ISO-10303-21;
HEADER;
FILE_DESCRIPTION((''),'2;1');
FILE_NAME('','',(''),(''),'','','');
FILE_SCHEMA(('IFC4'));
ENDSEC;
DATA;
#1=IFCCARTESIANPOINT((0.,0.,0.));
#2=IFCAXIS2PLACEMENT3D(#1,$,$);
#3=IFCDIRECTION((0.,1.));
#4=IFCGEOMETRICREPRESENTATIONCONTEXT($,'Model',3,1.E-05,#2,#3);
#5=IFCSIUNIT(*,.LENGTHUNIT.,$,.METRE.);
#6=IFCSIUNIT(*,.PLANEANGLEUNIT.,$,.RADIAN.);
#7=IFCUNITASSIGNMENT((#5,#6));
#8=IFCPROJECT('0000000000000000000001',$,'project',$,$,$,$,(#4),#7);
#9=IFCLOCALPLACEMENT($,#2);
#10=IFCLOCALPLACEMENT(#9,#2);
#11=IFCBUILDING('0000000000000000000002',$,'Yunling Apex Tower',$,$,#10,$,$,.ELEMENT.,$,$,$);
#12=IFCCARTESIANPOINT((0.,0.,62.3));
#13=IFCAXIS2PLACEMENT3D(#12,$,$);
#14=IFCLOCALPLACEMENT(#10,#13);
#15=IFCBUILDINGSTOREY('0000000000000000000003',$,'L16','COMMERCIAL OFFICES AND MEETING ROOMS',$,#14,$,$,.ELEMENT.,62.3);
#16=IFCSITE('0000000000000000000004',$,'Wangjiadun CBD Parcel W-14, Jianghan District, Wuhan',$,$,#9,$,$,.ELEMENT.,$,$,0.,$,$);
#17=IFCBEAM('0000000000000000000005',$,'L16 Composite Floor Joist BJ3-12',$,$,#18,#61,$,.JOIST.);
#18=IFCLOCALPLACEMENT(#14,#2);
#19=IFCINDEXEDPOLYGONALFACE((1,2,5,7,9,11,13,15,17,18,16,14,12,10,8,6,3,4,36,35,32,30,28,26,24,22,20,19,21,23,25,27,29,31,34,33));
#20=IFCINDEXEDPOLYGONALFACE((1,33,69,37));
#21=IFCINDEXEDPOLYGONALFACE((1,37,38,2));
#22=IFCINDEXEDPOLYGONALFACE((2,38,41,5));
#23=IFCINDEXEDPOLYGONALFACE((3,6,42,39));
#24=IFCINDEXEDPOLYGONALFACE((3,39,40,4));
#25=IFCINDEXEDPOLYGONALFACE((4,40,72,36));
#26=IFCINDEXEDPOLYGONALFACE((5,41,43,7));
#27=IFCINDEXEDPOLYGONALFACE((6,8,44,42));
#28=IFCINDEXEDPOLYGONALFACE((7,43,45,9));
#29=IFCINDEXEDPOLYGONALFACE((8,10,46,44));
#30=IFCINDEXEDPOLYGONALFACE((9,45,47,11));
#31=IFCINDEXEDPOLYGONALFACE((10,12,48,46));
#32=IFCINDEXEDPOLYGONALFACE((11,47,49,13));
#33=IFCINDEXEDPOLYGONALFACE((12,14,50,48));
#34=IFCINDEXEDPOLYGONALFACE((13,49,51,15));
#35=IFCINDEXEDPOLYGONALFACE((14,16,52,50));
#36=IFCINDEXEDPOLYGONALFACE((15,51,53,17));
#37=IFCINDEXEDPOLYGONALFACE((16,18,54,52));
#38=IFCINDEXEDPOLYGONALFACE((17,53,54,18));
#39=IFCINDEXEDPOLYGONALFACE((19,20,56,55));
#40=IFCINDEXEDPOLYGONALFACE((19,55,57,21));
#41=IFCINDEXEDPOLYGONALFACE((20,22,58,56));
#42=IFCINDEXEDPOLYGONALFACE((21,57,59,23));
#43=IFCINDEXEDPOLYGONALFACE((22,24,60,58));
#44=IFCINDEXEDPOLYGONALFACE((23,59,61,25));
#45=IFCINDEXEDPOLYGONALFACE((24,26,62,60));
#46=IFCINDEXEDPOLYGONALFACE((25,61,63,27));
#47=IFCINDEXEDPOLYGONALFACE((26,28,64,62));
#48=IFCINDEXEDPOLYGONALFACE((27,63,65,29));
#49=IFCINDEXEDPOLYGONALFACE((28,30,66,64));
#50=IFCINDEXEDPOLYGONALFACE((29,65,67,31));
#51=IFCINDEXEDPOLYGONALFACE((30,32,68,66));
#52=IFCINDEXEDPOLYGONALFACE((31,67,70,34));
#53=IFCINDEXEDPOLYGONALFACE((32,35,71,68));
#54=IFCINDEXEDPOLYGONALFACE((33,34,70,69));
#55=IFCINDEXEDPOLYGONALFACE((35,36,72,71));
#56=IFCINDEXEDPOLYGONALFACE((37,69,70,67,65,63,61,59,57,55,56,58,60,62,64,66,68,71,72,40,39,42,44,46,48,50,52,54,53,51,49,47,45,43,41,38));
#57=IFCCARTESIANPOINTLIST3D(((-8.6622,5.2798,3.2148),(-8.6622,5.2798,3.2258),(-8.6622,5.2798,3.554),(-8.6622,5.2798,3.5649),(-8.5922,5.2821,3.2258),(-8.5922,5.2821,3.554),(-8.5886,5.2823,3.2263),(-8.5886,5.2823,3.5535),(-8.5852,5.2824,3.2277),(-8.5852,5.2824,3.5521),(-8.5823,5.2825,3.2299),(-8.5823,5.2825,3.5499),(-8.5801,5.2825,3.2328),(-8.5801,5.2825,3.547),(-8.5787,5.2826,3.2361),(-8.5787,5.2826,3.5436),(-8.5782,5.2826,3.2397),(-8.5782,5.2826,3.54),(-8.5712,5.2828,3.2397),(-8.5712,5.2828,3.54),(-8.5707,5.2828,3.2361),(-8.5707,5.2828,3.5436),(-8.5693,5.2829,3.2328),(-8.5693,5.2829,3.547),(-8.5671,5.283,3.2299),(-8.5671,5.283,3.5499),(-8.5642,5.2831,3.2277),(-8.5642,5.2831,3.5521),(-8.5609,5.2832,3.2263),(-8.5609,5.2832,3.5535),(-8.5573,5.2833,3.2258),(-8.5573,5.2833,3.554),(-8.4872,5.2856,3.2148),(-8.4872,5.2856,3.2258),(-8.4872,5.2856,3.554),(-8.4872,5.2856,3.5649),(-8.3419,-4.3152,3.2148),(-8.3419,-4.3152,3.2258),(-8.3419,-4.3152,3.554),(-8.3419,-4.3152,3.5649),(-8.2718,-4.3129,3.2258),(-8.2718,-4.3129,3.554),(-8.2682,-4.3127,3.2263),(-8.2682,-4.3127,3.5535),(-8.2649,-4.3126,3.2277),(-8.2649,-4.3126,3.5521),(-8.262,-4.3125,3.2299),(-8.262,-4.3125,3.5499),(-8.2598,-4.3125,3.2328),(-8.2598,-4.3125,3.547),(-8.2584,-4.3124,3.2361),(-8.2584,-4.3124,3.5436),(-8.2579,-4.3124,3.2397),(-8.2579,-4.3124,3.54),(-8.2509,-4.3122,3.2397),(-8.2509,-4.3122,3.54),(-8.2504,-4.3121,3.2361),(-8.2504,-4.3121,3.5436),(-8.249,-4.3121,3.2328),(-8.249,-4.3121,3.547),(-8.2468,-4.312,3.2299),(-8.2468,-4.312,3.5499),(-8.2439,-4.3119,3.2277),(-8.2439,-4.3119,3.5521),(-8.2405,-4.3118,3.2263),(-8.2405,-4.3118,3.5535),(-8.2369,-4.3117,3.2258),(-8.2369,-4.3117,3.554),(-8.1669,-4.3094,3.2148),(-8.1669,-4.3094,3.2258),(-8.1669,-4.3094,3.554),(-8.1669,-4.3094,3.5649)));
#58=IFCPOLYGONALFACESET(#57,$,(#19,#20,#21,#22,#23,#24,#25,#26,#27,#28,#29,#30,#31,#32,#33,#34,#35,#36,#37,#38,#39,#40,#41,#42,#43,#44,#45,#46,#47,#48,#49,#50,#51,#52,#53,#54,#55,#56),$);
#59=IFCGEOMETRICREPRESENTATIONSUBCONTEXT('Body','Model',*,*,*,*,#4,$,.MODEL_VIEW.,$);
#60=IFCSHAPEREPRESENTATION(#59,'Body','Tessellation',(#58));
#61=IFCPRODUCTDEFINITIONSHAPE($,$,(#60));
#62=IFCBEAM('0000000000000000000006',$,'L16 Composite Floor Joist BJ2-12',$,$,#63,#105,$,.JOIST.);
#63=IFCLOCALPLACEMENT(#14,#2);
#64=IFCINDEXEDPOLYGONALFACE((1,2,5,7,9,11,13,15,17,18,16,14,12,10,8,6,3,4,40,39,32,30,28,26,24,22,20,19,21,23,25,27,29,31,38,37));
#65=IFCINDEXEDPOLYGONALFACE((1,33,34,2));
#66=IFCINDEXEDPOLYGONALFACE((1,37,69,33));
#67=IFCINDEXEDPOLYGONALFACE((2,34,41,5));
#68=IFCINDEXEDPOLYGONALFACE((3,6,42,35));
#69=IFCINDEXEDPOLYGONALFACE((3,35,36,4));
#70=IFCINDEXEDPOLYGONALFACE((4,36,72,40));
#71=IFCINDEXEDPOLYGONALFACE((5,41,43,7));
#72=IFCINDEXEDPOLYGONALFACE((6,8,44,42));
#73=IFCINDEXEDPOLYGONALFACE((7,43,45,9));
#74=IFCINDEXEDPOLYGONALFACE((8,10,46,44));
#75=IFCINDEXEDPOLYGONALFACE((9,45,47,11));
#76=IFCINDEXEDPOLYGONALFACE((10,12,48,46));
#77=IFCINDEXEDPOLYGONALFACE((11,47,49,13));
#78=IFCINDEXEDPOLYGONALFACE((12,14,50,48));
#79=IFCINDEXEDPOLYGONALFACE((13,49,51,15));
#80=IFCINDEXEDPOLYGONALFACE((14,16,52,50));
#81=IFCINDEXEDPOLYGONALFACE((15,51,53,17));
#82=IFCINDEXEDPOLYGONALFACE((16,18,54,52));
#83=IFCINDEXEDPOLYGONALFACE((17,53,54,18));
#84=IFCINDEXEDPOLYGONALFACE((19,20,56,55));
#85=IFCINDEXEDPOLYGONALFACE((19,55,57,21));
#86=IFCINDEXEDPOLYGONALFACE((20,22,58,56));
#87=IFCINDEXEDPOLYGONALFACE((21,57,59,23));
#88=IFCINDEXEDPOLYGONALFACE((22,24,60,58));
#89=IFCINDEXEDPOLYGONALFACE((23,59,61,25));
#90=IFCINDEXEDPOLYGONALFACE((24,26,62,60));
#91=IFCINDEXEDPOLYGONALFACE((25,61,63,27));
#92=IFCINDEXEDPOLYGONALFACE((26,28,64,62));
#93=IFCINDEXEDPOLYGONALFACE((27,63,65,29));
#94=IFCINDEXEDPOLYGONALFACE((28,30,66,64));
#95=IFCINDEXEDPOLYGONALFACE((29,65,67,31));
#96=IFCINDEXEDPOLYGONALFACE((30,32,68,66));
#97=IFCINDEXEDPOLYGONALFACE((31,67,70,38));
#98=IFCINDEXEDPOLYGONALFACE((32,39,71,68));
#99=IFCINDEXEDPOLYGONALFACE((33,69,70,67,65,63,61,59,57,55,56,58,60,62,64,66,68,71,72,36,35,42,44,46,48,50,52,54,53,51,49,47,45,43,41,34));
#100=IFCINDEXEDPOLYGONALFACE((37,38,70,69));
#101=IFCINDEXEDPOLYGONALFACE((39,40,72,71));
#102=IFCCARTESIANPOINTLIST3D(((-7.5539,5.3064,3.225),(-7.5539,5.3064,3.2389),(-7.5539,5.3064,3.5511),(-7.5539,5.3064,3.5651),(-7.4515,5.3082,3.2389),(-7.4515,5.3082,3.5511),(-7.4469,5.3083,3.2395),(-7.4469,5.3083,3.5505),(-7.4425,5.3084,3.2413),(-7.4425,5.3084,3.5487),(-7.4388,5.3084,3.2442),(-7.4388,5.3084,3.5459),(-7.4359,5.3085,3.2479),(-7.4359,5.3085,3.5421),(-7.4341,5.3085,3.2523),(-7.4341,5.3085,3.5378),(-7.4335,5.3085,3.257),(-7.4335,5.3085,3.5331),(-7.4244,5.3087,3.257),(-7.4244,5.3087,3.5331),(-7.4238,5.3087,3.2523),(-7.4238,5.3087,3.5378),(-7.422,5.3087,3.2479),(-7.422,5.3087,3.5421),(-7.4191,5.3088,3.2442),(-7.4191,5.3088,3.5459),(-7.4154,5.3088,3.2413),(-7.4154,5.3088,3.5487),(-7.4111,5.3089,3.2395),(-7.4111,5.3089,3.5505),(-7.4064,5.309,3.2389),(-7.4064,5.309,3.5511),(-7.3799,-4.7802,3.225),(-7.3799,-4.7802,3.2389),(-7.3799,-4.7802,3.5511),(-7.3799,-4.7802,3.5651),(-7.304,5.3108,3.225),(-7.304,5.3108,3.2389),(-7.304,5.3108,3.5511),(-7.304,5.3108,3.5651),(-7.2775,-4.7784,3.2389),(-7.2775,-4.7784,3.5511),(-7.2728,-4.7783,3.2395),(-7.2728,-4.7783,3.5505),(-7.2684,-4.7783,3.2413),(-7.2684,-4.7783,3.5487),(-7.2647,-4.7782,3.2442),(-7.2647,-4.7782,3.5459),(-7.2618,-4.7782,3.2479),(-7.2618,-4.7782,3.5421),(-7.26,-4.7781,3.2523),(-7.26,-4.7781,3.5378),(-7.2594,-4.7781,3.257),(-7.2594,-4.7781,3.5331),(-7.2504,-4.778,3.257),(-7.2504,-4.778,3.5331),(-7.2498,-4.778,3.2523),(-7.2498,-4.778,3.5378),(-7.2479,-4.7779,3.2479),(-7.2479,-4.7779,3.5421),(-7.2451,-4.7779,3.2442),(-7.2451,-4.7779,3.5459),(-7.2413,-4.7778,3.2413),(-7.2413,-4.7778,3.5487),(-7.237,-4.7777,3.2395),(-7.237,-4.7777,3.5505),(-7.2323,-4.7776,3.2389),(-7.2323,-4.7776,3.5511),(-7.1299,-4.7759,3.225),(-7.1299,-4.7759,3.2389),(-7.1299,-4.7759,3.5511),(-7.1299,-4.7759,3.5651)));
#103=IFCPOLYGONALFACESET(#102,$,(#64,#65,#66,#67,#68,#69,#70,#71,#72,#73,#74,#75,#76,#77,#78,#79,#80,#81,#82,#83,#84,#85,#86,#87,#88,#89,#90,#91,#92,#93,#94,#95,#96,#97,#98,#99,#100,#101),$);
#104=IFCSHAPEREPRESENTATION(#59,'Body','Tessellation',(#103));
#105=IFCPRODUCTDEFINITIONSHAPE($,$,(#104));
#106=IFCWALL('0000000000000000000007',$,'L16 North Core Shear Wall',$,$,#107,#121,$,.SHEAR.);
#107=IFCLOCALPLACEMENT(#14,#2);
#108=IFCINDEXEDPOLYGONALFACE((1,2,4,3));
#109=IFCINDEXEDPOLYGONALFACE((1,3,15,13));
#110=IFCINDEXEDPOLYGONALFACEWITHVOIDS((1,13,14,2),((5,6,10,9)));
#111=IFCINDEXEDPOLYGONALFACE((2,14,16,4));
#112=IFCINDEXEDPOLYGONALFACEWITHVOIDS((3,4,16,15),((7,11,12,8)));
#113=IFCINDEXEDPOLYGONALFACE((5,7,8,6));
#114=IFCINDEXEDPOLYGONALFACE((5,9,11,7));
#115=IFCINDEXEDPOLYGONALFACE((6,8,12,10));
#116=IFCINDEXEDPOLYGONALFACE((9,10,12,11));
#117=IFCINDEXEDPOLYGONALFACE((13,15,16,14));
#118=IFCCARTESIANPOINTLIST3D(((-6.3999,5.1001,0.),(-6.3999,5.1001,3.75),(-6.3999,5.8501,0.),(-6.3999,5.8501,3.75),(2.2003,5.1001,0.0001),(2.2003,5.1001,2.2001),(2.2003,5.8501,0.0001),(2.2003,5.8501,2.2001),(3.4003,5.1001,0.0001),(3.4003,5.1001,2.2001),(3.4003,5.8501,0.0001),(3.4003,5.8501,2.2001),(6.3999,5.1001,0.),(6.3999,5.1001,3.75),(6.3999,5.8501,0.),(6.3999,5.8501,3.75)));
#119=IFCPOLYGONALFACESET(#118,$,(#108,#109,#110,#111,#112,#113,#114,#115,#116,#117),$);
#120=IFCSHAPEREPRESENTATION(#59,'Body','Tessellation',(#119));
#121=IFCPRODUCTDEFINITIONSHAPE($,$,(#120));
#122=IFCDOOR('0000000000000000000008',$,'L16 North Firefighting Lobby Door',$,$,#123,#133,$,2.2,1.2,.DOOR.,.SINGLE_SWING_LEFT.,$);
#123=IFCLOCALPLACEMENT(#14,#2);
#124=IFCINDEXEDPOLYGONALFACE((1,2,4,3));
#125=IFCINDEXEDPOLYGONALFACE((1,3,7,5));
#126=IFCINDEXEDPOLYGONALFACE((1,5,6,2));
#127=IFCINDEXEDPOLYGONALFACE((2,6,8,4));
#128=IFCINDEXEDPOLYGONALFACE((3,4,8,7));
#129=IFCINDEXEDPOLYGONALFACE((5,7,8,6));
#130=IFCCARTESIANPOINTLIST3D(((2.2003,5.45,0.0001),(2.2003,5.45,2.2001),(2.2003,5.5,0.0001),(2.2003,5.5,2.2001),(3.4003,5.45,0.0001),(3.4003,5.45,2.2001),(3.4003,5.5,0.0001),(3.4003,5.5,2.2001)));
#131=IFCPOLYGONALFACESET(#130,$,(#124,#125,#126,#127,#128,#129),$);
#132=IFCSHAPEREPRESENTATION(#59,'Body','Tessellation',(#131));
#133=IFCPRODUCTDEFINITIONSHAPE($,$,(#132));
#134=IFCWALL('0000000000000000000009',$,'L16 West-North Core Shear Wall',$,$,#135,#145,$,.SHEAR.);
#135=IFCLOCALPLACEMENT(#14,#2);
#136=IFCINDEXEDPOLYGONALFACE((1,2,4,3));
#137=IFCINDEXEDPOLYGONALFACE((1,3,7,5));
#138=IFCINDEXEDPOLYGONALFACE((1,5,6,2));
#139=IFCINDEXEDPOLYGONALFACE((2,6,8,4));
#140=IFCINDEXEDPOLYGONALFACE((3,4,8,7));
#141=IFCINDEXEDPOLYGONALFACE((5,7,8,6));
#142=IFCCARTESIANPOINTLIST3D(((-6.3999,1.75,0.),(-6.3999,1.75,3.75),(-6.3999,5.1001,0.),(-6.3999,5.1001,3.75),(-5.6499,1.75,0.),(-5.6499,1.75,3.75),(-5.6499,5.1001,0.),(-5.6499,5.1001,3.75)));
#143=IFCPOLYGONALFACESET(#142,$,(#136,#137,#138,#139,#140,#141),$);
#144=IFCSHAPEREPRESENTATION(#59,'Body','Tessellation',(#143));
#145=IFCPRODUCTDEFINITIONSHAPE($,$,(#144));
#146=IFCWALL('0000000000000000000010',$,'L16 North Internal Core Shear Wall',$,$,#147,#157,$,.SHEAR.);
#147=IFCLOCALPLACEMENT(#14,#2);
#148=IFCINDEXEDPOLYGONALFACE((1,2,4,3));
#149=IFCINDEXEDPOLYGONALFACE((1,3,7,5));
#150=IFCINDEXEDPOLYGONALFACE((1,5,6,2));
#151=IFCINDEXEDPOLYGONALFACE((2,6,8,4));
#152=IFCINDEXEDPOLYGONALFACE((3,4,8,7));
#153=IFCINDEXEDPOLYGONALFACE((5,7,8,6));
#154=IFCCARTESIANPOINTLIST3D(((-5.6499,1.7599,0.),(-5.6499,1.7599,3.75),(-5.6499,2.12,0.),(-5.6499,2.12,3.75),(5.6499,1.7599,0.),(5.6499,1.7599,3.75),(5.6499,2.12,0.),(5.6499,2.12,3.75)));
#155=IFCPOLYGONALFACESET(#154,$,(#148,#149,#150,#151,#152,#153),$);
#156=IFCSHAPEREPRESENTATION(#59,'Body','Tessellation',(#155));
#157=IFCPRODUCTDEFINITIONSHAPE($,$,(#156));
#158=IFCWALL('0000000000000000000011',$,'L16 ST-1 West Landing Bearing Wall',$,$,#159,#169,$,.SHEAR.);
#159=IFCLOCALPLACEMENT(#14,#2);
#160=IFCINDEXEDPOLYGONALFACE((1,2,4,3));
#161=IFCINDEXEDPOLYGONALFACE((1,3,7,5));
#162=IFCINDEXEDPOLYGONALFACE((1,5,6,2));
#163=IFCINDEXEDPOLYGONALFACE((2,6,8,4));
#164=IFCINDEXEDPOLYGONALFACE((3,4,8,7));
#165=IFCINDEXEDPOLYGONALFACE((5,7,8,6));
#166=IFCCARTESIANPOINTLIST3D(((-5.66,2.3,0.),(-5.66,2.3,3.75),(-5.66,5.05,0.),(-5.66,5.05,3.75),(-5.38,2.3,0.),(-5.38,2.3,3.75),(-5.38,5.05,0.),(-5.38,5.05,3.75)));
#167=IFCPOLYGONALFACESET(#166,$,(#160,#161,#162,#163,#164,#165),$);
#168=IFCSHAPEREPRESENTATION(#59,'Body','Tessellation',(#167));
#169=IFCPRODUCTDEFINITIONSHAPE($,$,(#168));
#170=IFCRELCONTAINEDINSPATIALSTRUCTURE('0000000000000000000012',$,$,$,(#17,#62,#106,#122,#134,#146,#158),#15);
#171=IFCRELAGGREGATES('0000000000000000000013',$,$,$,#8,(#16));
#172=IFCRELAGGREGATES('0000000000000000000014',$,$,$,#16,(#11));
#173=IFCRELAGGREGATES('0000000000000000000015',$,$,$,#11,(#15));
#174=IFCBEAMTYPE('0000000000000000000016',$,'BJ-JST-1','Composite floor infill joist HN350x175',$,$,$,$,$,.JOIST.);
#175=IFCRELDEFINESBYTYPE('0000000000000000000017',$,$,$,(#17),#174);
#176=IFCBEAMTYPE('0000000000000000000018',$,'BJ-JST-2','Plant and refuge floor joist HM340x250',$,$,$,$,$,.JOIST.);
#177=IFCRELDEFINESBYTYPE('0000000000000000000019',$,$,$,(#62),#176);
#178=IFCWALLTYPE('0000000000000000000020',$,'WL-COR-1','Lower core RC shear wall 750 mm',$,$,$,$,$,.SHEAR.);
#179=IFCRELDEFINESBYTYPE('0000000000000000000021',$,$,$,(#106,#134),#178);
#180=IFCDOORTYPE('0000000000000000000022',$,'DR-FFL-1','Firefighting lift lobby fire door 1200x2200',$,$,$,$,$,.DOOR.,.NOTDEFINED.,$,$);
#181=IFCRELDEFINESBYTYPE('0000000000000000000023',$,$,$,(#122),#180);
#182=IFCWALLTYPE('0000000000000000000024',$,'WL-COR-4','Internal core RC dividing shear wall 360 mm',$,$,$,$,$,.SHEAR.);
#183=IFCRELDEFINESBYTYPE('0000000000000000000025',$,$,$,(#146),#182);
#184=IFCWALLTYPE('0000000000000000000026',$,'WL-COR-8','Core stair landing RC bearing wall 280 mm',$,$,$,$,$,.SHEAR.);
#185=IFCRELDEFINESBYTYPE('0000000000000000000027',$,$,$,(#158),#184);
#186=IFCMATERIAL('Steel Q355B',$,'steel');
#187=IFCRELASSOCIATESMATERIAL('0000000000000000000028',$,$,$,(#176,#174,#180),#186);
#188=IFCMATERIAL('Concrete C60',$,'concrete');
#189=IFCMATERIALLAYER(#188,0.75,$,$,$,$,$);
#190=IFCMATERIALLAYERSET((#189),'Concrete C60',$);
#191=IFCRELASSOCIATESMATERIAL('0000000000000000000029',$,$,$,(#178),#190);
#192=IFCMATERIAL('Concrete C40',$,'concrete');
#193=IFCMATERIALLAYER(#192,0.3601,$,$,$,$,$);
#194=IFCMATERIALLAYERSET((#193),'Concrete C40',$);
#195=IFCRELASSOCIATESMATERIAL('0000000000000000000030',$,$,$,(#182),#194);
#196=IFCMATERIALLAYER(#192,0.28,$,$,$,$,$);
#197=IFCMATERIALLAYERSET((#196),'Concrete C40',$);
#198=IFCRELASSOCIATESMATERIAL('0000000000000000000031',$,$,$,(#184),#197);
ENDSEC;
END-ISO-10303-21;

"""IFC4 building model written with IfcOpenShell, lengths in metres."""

from ifc_helpers import new_model, si_unit, direction, frame, frame_2d, origin, origin_2d, place, context, subcontext, project, spatial, rectangle, i_section, extrude, source, transform, mapped, material, layer, layer_set, material_profile, profile_set, type_object, element, fill, save


model = new_model("IFC4")

# Units and contexts
model_context = context("Model", 3, precision=1e-05, world=origin(), true_north=direction((0.0, 1.0)))
body_context = subcontext(model_context, "Body", "Model", "MODEL_VIEW")
ifc_project = project(units=[si_unit("LENGTHUNIT", "METRE"), si_unit("PLANEANGLEUNIT", "RADIAN")], contexts=[model_context])

# Site, building, storey
site_placement = place(None, origin())
site = spatial("IfcSite", under=ifc_project, at=site_placement, Name="Wangjiadun CBD Parcel W-14, Jianghan District, Wuhan", CompositionType="ELEMENT", RefElevation=0.0)
building_placement = place(site_placement, origin())
building = spatial("IfcBuilding", under=site, at=building_placement, Name="Yunling Apex Tower", CompositionType="ELEMENT")
storey_placement = place(building_placement, frame((0.0, 0.0, 62.3)))
storey = spatial("IfcBuildingStorey", under=building, at=storey_placement, Name="L16", Description="COMMERCIAL OFFICES AND MEETING ROOMS", CompositionType="ELEMENT", Elevation=62.3)

# Shared definitions
ifc_material_1 = material(Name="Concrete C60", Category="concrete")

# Beams
ifc_material_2 = material(Name="Steel Q355B", Category="steel")
ifc_material_profile_1 = material_profile(ifc_material_2, i_section(OverallWidth=0.25, OverallDepth=0.3401, WebThickness=0.009, FlangeThickness=0.0139, FilletRadius=0.0181, at=origin_2d()))
ifc_profile_set_1 = profile_set([ifc_material_profile_1], Name="Steel Q355B")
beam_type_1 = type_object("IfcBeamType", Name="BJ-JST-2", Description="Plant and refuge floor joist HM340x250", PredefinedType="JOIST", material=ifc_profile_set_1)
ifc_material_profile_2 = material_profile(ifc_material_2, i_section(OverallWidth=0.175, OverallDepth=0.3501, WebThickness=0.0071, FlangeThickness=0.011, FilletRadius=0.0139, at=origin_2d()))
ifc_profile_set_2 = profile_set([ifc_material_profile_2], Name="Steel Q355B")
beam_type_2 = type_object("IfcBeamType", Name="BJ-JST-1", Description="Composite floor infill joist HN350x175", PredefinedType="JOIST", material=ifc_profile_set_2)
shared_shape_1 = source(origin(), body_context, "Body", "SweptSolid", [
    extrude(i_section(OverallWidth=0.175, OverallDepth=0.3501, WebThickness=0.0071, FlangeThickness=0.011, FilletRadius=0.0139, at=origin_2d()), origin(), (0.0, 0.0, 1.0), 9.6003),
])
beam_1_placement = place(storey_placement, frame((-8.5747, 5.2827, 3.3899), z_axis=(0.033365, -0.999443, 0.0), x_axis=(0.999443, 0.033365, 0.0)))
element("IfcBeam", 1, at=beam_1_placement, inside=storey, type_object=beam_type_2, Name="L16 Composite Floor Joist BJ3-12", PredefinedType="JOIST", context=body_context, shape_type="MappedRepresentation", body=[
    mapped(shared_shape_1, transform((0.0, 0.0, 0.0), scale=1.0)),
])
shared_shape_2 = source(origin(), body_context, "Body", "SweptSolid", [
    extrude(i_section(OverallWidth=0.25, OverallDepth=0.3401, WebThickness=0.009, FlangeThickness=0.0139, FilletRadius=0.0181, at=origin_2d()), origin(), (0.0, 0.0, 1.0), 10.0881),
])
beam_2_placement = place(storey_placement, frame((-7.429, 5.3086, 3.395), z_axis=(0.017255, -0.999851, 0.0), x_axis=(0.999851, 0.017255, 0.0)))
element("IfcBeam", 2, at=beam_2_placement, inside=storey, type_object=beam_type_1, Name="L16 Composite Floor Joist BJ2-12", PredefinedType="JOIST", context=body_context, shape_type="MappedRepresentation", body=[
    mapped(shared_shape_2, transform((0.0, 0.0, 0.0), scale=1.0)),
])

# Wall, opening, door
ifc_layer_1 = layer(ifc_material_1, 0.75)
ifc_layer_set_1 = layer_set([ifc_layer_1], Name="Concrete C60")
wall_type_1 = type_object("IfcWallType", Name="WL-COR-1", Description="Lower core RC shear wall 750 mm", PredefinedType="SHEAR", material=ifc_layer_set_1)
wall_1_placement = place(storey_placement, frame((-6.3999, 5.4751, 0.0), z_axis=(0.0, 0.0, 1.0), x_axis=(1.0, 0.0, 0.0)))
wall_1 = element("IfcWall", 3, at=wall_1_placement, inside=storey, type_object=wall_type_1, Name="L16 North Core Shear Wall", PredefinedType="SHEAR", context=body_context, shape_type="SweptSolid", body=[
    extrude(rectangle(XDim=12.7998, YDim=0.75, at=frame_2d((6.3999, 0.0))), origin(), (0.0, 0.0, 1.0), 3.75),
])
opening_1_placement = place(wall_1_placement, frame((8.6001, 0.0, 0.0)))
opening_1 = element("IfcOpeningElement", 4, at=opening_1_placement, cuts=wall_1, PredefinedType="OPENING", context=body_context, shape_type="SweptSolid", body=[
    extrude(rectangle(XDim=1.2, YDim=2.2, at=frame_2d((0.6001, 1.1001))), frame((0.0, 0.385, 0.0), z_axis=(0.0, -1.0, 0.0), x_axis=(1.0, 0.0, 0.0)), (0.0, 0.0, 1.0), 0.77),
])
door_type_1 = type_object("IfcDoorType", Name="DR-FFL-1", Description="Firefighting lift lobby fire door 1200x2200", OperationType="NOTDEFINED", PredefinedType="DOOR", material=ifc_material_2)
door_1_placement = place(opening_1_placement, origin())
door_1 = element("IfcDoor", 5, at=door_1_placement, inside=storey, type_object=door_type_1, Name="L16 North Firefighting Lobby Door", OperationType="SINGLE_SWING_LEFT", OverallHeight=2.2, OverallWidth=1.2, PredefinedType="DOOR", context=body_context, shape_type="SweptSolid", body=[
    extrude(rectangle(XDim=1.2, YDim=2.2, at=frame_2d((0.6001, 1.1001))), frame((0.0, 0.0249, 0.0), z_axis=(0.0, -1.0, 0.0), x_axis=(1.0, 0.0, 0.0)), (0.0, 0.0, 1.0), 0.05),
])
fill(opening_1, door_1)

# Walls
wall_2_placement = place(storey_placement, frame((-6.0249, 1.75, 0.0), z_axis=(0.0, 0.0, 1.0), x_axis=(0.0, 1.0, 0.0)))
element("IfcWall", 6, at=wall_2_placement, inside=storey, type_object=wall_type_1, Name="L16 West-North Core Shear Wall", PredefinedType="SHEAR", context=body_context, shape_type="SweptSolid", body=[
    extrude(rectangle(XDim=3.3501, YDim=0.75, at=frame_2d((1.675, 0.0))), origin(), (0.0, 0.0, 1.0), 3.75),
])
ifc_material_3 = material(Name="Concrete C40", Category="concrete")
ifc_layer_2 = layer(ifc_material_3, 0.3601)
ifc_layer_set_2 = layer_set([ifc_layer_2], Name="Concrete C40")
wall_type_2 = type_object("IfcWallType", Name="WL-COR-4", Description="Internal core RC dividing shear wall 360 mm", PredefinedType="SHEAR", material=ifc_layer_set_2)
wall_3_placement = place(storey_placement, frame((-5.6499, 1.9399, 0.0), z_axis=(0.0, 0.0, 1.0), x_axis=(1.0, 0.0, 0.0)))
element("IfcWall", 7, at=wall_3_placement, inside=storey, type_object=wall_type_2, Name="L16 North Internal Core Shear Wall", PredefinedType="SHEAR", context=body_context, shape_type="SweptSolid", body=[
    extrude(rectangle(XDim=11.2998, YDim=0.3601, at=frame_2d((5.6499, 0.0))), origin(), (0.0, 0.0, 1.0), 3.75),
])
ifc_layer_3 = layer(ifc_material_3, 0.28)
ifc_layer_set_3 = layer_set([ifc_layer_3], Name="Concrete C40")
wall_type_3 = type_object("IfcWallType", Name="WL-COR-8", Description="Core stair landing RC bearing wall 280 mm", PredefinedType="SHEAR", material=ifc_layer_set_3)
wall_4_placement = place(storey_placement, frame((-5.52, 2.3, 0.0), z_axis=(0.0, 0.0, 1.0), x_axis=(0.0, 1.0, 0.0)))
element("IfcWall", 8, at=wall_4_placement, inside=storey, type_object=wall_type_3, Name="L16 ST-1 West Landing Bearing Wall", PredefinedType="SHEAR", context=body_context, shape_type="SweptSolid", body=[
    extrude(rectangle(XDim=2.75, YDim=0.28, at=frame_2d((1.375, 0.0))), origin(), (0.0, 0.0, 1.0), 3.75),
])

save(model, "model.ifc")
